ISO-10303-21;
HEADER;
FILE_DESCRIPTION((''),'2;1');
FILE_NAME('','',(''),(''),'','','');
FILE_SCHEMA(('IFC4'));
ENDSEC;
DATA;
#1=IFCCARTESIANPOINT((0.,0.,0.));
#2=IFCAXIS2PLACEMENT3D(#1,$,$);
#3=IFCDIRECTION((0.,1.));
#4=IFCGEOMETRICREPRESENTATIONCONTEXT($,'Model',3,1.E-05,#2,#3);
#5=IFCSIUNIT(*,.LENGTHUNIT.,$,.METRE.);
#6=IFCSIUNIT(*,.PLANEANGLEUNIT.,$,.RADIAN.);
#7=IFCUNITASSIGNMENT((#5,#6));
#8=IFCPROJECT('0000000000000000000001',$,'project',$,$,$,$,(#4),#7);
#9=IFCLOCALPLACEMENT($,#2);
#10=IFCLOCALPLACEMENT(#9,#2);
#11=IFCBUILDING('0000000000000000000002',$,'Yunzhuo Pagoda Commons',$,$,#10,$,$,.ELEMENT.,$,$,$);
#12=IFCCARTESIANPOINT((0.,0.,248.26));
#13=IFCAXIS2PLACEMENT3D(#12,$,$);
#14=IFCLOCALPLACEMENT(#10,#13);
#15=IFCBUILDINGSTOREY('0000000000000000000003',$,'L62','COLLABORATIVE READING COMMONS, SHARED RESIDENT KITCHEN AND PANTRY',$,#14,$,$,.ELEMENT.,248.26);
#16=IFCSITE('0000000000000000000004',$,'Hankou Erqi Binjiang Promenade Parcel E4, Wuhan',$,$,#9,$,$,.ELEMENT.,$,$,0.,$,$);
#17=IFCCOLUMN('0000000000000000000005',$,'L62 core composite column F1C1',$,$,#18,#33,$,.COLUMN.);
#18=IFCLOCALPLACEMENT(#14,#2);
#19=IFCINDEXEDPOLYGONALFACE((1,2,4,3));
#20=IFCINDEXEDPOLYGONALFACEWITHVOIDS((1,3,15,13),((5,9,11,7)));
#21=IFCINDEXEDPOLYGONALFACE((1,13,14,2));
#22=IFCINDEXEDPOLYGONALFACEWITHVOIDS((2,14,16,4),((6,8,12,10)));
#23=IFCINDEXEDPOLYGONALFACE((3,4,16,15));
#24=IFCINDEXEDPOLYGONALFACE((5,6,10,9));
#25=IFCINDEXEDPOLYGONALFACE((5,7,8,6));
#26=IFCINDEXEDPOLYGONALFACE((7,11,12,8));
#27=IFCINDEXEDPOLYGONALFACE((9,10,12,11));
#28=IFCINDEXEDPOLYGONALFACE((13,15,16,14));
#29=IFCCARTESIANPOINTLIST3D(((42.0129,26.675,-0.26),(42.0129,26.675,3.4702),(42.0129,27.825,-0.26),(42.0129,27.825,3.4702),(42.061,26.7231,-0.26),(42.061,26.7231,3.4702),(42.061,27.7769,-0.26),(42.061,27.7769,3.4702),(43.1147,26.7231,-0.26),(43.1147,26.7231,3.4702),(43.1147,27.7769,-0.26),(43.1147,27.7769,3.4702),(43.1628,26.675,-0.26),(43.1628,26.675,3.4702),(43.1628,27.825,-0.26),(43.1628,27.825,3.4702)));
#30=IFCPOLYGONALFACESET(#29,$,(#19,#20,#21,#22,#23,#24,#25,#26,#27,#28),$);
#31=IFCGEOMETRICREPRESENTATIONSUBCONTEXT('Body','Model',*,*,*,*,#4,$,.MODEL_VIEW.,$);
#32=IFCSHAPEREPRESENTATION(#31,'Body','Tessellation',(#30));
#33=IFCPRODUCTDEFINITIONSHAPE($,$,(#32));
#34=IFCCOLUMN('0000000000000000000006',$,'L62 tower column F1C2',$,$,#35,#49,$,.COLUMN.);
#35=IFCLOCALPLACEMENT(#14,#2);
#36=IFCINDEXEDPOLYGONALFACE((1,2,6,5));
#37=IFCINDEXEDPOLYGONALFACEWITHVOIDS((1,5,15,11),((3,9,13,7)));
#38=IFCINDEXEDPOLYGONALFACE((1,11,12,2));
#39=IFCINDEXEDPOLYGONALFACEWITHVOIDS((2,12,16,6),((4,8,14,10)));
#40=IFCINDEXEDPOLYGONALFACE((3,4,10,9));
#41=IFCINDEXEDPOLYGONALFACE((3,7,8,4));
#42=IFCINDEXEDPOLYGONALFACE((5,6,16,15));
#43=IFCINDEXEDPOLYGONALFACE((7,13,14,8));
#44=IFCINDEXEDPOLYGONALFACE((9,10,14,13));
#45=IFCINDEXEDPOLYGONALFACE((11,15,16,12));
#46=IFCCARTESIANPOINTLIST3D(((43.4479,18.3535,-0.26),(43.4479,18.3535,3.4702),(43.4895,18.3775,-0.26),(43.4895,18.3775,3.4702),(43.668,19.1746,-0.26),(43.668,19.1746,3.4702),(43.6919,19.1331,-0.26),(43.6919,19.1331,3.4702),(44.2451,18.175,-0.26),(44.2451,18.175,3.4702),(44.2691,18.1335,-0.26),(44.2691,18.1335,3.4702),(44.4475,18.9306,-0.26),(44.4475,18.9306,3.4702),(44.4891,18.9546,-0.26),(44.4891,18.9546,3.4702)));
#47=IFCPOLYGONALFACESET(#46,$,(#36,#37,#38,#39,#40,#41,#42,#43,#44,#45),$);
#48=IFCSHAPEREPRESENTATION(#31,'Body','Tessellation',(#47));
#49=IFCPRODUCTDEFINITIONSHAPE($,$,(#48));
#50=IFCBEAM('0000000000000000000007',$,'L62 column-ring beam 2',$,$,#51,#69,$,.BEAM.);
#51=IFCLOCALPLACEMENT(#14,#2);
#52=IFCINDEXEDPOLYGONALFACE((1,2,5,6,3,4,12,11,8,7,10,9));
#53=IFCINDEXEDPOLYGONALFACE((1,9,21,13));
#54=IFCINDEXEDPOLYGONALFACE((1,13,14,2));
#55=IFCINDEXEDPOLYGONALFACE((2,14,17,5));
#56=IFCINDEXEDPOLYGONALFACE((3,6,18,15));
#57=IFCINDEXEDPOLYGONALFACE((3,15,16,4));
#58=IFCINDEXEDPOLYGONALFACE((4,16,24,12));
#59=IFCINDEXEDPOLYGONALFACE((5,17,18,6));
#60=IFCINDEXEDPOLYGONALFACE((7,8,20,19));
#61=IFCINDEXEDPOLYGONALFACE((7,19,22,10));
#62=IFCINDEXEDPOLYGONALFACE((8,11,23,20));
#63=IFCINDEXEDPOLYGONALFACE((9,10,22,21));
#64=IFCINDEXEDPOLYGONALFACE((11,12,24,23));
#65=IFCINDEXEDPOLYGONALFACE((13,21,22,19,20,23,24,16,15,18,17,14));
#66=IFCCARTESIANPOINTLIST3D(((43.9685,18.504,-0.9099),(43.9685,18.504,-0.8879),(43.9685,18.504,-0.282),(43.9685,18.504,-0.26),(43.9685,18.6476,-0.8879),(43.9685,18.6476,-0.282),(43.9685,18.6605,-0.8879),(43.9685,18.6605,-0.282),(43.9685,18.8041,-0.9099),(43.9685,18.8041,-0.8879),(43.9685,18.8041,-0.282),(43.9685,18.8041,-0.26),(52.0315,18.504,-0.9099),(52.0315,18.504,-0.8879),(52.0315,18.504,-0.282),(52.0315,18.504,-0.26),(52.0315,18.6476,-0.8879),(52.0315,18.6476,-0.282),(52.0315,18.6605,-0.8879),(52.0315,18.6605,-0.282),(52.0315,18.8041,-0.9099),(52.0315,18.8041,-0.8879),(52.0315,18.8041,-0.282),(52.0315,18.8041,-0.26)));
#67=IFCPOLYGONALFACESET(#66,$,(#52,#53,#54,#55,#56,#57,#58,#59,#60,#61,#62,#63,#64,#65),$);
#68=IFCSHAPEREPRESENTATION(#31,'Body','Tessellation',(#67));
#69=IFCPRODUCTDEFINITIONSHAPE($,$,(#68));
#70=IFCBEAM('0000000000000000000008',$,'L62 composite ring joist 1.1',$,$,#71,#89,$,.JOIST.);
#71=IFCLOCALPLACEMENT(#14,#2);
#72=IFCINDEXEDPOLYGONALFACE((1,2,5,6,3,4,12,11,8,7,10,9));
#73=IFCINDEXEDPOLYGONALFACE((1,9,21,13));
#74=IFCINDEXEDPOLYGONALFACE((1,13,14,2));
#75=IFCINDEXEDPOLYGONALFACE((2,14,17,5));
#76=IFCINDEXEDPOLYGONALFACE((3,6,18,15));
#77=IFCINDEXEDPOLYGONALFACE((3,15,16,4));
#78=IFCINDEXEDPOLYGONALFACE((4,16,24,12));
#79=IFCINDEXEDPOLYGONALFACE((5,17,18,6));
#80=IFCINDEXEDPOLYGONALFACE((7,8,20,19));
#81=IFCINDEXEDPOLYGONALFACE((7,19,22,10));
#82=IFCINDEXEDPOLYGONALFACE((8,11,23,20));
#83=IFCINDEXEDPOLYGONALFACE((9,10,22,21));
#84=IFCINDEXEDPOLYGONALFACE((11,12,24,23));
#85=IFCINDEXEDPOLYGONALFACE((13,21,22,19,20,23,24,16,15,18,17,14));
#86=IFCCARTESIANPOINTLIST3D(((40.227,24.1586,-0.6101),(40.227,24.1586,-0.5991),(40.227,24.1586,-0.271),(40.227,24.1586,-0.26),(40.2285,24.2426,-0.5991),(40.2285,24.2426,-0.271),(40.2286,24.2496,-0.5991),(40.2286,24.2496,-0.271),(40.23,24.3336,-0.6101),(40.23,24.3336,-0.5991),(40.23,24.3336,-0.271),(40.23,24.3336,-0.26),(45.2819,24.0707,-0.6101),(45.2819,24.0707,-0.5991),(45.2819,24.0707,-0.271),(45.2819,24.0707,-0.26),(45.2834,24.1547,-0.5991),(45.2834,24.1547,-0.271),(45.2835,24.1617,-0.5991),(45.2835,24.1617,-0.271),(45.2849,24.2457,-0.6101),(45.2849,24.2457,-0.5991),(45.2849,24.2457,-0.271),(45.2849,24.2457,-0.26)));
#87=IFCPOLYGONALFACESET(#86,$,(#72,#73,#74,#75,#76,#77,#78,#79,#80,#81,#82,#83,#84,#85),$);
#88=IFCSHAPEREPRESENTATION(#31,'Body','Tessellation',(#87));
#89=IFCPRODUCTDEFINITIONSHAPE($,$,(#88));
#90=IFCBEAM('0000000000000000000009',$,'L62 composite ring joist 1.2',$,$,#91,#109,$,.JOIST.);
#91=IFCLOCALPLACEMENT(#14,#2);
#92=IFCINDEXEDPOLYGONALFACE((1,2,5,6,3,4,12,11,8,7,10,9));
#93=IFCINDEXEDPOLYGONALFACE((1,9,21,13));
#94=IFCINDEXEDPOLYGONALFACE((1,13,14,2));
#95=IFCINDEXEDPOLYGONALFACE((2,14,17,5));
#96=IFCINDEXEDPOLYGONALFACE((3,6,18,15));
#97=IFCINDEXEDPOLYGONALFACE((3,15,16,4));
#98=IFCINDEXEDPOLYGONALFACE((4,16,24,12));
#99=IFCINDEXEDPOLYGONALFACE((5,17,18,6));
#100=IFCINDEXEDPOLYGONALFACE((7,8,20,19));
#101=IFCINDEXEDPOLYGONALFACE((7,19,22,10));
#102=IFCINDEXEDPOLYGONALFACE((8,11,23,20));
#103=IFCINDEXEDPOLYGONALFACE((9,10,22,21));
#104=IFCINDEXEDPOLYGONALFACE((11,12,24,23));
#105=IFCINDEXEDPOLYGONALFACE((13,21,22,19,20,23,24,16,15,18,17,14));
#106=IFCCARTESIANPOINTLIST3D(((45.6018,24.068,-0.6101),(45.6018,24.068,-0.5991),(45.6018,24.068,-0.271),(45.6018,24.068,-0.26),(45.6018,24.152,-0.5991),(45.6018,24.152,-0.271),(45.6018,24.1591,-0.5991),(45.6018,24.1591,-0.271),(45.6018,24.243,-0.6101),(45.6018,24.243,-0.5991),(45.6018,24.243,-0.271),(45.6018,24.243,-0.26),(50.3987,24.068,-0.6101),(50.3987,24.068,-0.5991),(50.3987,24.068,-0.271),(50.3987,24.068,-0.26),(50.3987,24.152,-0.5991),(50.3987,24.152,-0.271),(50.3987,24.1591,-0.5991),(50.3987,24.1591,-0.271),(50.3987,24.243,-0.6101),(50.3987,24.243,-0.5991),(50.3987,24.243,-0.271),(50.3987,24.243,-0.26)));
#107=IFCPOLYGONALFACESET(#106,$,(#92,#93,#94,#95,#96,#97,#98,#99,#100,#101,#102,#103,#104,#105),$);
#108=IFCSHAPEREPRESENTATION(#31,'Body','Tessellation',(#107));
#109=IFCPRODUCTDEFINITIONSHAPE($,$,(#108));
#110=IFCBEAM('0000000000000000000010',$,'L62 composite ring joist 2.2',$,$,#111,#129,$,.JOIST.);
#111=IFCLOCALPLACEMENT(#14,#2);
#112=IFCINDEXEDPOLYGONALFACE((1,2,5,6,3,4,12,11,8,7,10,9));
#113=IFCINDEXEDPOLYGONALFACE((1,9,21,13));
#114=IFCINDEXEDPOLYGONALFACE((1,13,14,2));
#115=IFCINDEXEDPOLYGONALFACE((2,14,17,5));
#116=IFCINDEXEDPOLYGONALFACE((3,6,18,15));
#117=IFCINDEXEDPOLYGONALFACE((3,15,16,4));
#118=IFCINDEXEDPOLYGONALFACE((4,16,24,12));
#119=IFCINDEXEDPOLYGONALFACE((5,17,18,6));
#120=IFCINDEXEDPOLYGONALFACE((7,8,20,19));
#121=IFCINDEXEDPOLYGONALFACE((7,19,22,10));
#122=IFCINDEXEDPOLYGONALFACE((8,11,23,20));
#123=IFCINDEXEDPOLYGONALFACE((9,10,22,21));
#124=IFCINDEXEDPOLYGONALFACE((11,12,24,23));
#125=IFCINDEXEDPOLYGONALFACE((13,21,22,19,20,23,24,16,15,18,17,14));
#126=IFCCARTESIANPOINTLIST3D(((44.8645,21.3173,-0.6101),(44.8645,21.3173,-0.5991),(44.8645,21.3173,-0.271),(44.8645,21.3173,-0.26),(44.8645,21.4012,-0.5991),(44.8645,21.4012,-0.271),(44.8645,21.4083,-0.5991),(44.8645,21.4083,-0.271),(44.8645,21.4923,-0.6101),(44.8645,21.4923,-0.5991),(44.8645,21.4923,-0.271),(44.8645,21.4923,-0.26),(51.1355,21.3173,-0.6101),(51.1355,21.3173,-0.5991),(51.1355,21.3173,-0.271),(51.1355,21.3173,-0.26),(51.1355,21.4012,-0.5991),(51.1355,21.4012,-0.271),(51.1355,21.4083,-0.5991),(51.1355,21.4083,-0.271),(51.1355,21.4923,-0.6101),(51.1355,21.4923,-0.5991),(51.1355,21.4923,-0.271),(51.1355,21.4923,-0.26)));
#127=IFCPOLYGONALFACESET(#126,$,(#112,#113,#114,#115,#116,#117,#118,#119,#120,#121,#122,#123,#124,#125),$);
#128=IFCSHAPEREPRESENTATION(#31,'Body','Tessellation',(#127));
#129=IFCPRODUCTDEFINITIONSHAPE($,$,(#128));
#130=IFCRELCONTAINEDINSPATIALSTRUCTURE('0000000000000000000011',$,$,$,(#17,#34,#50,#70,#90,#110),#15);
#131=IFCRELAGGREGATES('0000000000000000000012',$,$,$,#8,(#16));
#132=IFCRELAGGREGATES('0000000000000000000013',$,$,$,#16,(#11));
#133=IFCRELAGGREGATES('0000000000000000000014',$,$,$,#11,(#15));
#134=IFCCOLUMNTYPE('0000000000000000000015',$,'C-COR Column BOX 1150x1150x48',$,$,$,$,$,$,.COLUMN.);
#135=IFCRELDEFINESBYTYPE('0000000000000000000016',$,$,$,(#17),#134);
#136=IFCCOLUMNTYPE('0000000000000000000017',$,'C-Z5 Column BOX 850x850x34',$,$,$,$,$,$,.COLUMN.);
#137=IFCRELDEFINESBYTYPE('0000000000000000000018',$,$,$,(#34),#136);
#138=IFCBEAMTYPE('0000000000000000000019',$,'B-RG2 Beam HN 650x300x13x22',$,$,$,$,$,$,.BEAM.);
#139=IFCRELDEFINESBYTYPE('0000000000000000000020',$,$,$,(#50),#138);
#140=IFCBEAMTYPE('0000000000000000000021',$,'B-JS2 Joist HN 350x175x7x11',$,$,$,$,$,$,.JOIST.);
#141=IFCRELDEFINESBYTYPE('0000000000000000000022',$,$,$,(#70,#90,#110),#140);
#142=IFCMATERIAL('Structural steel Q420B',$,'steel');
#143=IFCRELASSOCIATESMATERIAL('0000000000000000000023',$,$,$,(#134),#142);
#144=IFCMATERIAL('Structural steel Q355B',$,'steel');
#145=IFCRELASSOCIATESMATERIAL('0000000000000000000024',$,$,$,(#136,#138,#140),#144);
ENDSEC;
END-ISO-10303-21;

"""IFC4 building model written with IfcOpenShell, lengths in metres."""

from ifc_helpers import new_model, si_unit, direction, frame, origin, origin_2d, place, context, subcontext, project, spatial, hollow_rectangle, i_section, extrude, source, transform, mapped, material, material_profile, profile_set, type_object, element, save


model = new_model("IFC4")

# Units and contexts
model_context = context("Model", 3, precision=1e-05, world=origin(), true_north=direction((0.0, 1.0)))
body_context = subcontext(model_context, "Body", "Model", "MODEL_VIEW")
ifc_project = project(units=[si_unit("LENGTHUNIT", "METRE"), si_unit("PLANEANGLEUNIT", "RADIAN")], contexts=[model_context])

# Site, building, storey
site_placement = place(None, origin())
site = spatial("IfcSite", under=ifc_project, at=site_placement, Name="Hankou Erqi Binjiang Promenade Parcel E4, Wuhan", CompositionType="ELEMENT", RefElevation=0.0)
building_placement = place(site_placement, origin())
building = spatial("IfcBuilding", under=site, at=building_placement, Name="Yunzhuo Pagoda Commons", CompositionType="ELEMENT")
storey_placement = place(building_placement, frame((0.0, 0.0, 248.26)))
storey = spatial("IfcBuildingStorey", under=building, at=storey_placement, Name="L62", Description="COLLABORATIVE READING COMMONS, SHARED RESIDENT KITCHEN AND PANTRY", CompositionType="ELEMENT", Elevation=248.26)

# Columns
ifc_material_1 = material(Name="Structural steel Q420B", Category="steel")
ifc_material_profile_1 = material_profile(ifc_material_1, hollow_rectangle(XDim=1.1499, YDim=1.1499, WallThickness=0.0481, at=origin_2d()), Name="Structural steel Q420B")
ifc_profile_set_1 = profile_set([ifc_material_profile_1], Name="Structural steel Q420B")
column_type_1 = type_object("IfcColumnType", Name="C-COR Column BOX 1150x1150x48", PredefinedType="COLUMN", material=ifc_profile_set_1)
shared_shape_1 = source(origin(), body_context, "Body", "SweptSolid", [
    extrude(hollow_rectangle(XDim=1.1499, YDim=1.1499, WallThickness=0.0481, at=origin_2d()), origin(), (0.0, 0.0, 1.0), 3.7302),
])
column_1_placement = place(storey_placement, frame((42.5879, 27.25, -0.26), z_axis=(0.0, 0.0, 1.0), x_axis=(1.0, 0.0, 0.0)))
element("IfcColumn", 1, at=column_1_placement, inside=storey, type_object=column_type_1, Name="L62 core composite column F1C1", PredefinedType="COLUMN", context=body_context, shape_type="MappedRepresentation", body=[
    mapped(shared_shape_1, transform((0.0, 0.0, 0.0), scale=1.0)),
])
ifc_material_2 = material(Name="Structural steel Q355B", Category="steel")
ifc_material_profile_2 = material_profile(ifc_material_2, hollow_rectangle(XDim=0.8501, YDim=0.8501, WallThickness=0.0339, at=origin_2d()), Name="Structural steel Q355B")
ifc_profile_set_2 = profile_set([ifc_material_profile_2], Name="Structural steel Q355B")
column_type_2 = type_object("IfcColumnType", Name="C-Z5 Column BOX 850x850x34", PredefinedType="COLUMN", material=ifc_profile_set_2)
shared_shape_2 = source(origin(), body_context, "Body", "SweptSolid", [
    extrude(hollow_rectangle(XDim=0.8501, YDim=0.8501, WallThickness=0.0339, at=origin_2d()), origin(), (0.0, 0.0, 1.0), 3.7302),
])
column_2_placement = place(storey_placement, frame((43.9685, 18.6541, -0.26), z_axis=(0.0, 0.0, 1.0), x_axis=(0.965926, -0.258819, 0.0)))
element("IfcColumn", 2, at=column_2_placement, inside=storey, type_object=column_type_2, Name="L62 tower column F1C2", PredefinedType="COLUMN", context=body_context, shape_type="MappedRepresentation", body=[
    mapped(shared_shape_2, transform((0.0, 0.0, 0.0), scale=1.0)),
])

# Beams
ifc_material_profile_3 = material_profile(ifc_material_2, i_section(OverallWidth=0.3, OverallDepth=0.6499, WebThickness=0.0129, FlangeThickness=0.022, at=origin_2d()), Name="Structural steel Q355B")
ifc_profile_set_3 = profile_set([ifc_material_profile_3], Name="Structural steel Q355B")
beam_type_1 = type_object("IfcBeamType", Name="B-RG2 Beam HN 650x300x13x22", PredefinedType="BEAM", material=ifc_profile_set_3)
shared_shape_3 = source(origin(), body_context, "Body", "SweptSolid", [
    extrude(i_section(OverallWidth=0.3, OverallDepth=0.6499, WebThickness=0.0129, FlangeThickness=0.022, at=origin_2d()), origin(), (0.0, 0.0, 1.0), 8.063),
])
beam_1_placement = place(storey_placement, frame((43.9685, 18.6541, -0.585), z_axis=(1.0, 0.0, 0.0), x_axis=(0.0, 1.0, 0.0)))
element("IfcBeam", 3, at=beam_1_placement, inside=storey, type_object=beam_type_1, Name="L62 column-ring beam 2", PredefinedType="BEAM", context=body_context, shape_type="MappedRepresentation", body=[
    mapped(shared_shape_3, transform((0.0, 0.0, 0.0), scale=1.0)),
])
ifc_material_profile_4 = material_profile(ifc_material_2, i_section(OverallWidth=0.175, OverallDepth=0.3501, WebThickness=0.0071, FlangeThickness=0.011, at=origin_2d()), Name="Structural steel Q355B")
ifc_profile_set_4 = profile_set([ifc_material_profile_4], Name="Structural steel Q355B")
beam_type_2 = type_object("IfcBeamType", Name="B-JS2 Joist HN 350x175x7x11", PredefinedType="JOIST", material=ifc_profile_set_4)
shared_shape_4 = source(origin(), body_context, "Body", "SweptSolid", [
    extrude(i_section(OverallWidth=0.175, OverallDepth=0.3501, WebThickness=0.0071, FlangeThickness=0.011, at=origin_2d()), origin(), (0.0, 0.0, 1.0), 5.0557),
])
beam_2_placement = place(storey_placement, frame((40.2285, 24.2461, -0.4351), z_axis=(0.999849, -0.017384, 0.0), x_axis=(0.017384, 0.999849, 0.0)))
element("IfcBeam", 4, at=beam_2_placement, inside=storey, type_object=beam_type_2, Name="L62 composite ring joist 1.1", PredefinedType="JOIST", context=body_context, shape_type="MappedRepresentation", body=[
    mapped(shared_shape_4, transform((0.0, 0.0, 0.0), scale=1.0)),
])
shared_shape_5 = source(origin(), body_context, "Body", "SweptSolid", [
    extrude(i_section(OverallWidth=0.175, OverallDepth=0.3501, WebThickness=0.0071, FlangeThickness=0.011, at=origin_2d()), origin(), (0.0, 0.0, 1.0), 4.7969),
])
beam_3_placement = place(storey_placement, frame((45.6018, 24.1555, -0.4351), z_axis=(1.0, 0.0, 0.0), x_axis=(0.0, 1.0, 0.0)))
element("IfcBeam", 5, at=beam_3_placement, inside=storey, type_object=beam_type_2, Name="L62 composite ring joist 1.2", PredefinedType="JOIST", context=body_context, shape_type="MappedRepresentation", body=[
    mapped(shared_shape_5, transform((0.0, 0.0, 0.0), scale=1.0)),
])
shared_shape_6 = source(origin(), body_context, "Body", "SweptSolid", [
    extrude(i_section(OverallWidth=0.175, OverallDepth=0.3501, WebThickness=0.0071, FlangeThickness=0.011, at=origin_2d()), origin(), (0.0, 0.0, 1.0), 6.271),
])
beam_4_placement = place(storey_placement, frame((44.8645, 21.4048, -0.4351), z_axis=(1.0, 0.0, 0.0), x_axis=(0.0, 1.0, 0.0)))
element("IfcBeam", 6, at=beam_4_placement, inside=storey, type_object=beam_type_2, Name="L62 composite ring joist 2.2", PredefinedType="JOIST", context=body_context, shape_type="MappedRepresentation", body=[
    mapped(shared_shape_6, transform((0.0, 0.0, 0.0), scale=1.0)),
])

save(model, "model.ifc")
